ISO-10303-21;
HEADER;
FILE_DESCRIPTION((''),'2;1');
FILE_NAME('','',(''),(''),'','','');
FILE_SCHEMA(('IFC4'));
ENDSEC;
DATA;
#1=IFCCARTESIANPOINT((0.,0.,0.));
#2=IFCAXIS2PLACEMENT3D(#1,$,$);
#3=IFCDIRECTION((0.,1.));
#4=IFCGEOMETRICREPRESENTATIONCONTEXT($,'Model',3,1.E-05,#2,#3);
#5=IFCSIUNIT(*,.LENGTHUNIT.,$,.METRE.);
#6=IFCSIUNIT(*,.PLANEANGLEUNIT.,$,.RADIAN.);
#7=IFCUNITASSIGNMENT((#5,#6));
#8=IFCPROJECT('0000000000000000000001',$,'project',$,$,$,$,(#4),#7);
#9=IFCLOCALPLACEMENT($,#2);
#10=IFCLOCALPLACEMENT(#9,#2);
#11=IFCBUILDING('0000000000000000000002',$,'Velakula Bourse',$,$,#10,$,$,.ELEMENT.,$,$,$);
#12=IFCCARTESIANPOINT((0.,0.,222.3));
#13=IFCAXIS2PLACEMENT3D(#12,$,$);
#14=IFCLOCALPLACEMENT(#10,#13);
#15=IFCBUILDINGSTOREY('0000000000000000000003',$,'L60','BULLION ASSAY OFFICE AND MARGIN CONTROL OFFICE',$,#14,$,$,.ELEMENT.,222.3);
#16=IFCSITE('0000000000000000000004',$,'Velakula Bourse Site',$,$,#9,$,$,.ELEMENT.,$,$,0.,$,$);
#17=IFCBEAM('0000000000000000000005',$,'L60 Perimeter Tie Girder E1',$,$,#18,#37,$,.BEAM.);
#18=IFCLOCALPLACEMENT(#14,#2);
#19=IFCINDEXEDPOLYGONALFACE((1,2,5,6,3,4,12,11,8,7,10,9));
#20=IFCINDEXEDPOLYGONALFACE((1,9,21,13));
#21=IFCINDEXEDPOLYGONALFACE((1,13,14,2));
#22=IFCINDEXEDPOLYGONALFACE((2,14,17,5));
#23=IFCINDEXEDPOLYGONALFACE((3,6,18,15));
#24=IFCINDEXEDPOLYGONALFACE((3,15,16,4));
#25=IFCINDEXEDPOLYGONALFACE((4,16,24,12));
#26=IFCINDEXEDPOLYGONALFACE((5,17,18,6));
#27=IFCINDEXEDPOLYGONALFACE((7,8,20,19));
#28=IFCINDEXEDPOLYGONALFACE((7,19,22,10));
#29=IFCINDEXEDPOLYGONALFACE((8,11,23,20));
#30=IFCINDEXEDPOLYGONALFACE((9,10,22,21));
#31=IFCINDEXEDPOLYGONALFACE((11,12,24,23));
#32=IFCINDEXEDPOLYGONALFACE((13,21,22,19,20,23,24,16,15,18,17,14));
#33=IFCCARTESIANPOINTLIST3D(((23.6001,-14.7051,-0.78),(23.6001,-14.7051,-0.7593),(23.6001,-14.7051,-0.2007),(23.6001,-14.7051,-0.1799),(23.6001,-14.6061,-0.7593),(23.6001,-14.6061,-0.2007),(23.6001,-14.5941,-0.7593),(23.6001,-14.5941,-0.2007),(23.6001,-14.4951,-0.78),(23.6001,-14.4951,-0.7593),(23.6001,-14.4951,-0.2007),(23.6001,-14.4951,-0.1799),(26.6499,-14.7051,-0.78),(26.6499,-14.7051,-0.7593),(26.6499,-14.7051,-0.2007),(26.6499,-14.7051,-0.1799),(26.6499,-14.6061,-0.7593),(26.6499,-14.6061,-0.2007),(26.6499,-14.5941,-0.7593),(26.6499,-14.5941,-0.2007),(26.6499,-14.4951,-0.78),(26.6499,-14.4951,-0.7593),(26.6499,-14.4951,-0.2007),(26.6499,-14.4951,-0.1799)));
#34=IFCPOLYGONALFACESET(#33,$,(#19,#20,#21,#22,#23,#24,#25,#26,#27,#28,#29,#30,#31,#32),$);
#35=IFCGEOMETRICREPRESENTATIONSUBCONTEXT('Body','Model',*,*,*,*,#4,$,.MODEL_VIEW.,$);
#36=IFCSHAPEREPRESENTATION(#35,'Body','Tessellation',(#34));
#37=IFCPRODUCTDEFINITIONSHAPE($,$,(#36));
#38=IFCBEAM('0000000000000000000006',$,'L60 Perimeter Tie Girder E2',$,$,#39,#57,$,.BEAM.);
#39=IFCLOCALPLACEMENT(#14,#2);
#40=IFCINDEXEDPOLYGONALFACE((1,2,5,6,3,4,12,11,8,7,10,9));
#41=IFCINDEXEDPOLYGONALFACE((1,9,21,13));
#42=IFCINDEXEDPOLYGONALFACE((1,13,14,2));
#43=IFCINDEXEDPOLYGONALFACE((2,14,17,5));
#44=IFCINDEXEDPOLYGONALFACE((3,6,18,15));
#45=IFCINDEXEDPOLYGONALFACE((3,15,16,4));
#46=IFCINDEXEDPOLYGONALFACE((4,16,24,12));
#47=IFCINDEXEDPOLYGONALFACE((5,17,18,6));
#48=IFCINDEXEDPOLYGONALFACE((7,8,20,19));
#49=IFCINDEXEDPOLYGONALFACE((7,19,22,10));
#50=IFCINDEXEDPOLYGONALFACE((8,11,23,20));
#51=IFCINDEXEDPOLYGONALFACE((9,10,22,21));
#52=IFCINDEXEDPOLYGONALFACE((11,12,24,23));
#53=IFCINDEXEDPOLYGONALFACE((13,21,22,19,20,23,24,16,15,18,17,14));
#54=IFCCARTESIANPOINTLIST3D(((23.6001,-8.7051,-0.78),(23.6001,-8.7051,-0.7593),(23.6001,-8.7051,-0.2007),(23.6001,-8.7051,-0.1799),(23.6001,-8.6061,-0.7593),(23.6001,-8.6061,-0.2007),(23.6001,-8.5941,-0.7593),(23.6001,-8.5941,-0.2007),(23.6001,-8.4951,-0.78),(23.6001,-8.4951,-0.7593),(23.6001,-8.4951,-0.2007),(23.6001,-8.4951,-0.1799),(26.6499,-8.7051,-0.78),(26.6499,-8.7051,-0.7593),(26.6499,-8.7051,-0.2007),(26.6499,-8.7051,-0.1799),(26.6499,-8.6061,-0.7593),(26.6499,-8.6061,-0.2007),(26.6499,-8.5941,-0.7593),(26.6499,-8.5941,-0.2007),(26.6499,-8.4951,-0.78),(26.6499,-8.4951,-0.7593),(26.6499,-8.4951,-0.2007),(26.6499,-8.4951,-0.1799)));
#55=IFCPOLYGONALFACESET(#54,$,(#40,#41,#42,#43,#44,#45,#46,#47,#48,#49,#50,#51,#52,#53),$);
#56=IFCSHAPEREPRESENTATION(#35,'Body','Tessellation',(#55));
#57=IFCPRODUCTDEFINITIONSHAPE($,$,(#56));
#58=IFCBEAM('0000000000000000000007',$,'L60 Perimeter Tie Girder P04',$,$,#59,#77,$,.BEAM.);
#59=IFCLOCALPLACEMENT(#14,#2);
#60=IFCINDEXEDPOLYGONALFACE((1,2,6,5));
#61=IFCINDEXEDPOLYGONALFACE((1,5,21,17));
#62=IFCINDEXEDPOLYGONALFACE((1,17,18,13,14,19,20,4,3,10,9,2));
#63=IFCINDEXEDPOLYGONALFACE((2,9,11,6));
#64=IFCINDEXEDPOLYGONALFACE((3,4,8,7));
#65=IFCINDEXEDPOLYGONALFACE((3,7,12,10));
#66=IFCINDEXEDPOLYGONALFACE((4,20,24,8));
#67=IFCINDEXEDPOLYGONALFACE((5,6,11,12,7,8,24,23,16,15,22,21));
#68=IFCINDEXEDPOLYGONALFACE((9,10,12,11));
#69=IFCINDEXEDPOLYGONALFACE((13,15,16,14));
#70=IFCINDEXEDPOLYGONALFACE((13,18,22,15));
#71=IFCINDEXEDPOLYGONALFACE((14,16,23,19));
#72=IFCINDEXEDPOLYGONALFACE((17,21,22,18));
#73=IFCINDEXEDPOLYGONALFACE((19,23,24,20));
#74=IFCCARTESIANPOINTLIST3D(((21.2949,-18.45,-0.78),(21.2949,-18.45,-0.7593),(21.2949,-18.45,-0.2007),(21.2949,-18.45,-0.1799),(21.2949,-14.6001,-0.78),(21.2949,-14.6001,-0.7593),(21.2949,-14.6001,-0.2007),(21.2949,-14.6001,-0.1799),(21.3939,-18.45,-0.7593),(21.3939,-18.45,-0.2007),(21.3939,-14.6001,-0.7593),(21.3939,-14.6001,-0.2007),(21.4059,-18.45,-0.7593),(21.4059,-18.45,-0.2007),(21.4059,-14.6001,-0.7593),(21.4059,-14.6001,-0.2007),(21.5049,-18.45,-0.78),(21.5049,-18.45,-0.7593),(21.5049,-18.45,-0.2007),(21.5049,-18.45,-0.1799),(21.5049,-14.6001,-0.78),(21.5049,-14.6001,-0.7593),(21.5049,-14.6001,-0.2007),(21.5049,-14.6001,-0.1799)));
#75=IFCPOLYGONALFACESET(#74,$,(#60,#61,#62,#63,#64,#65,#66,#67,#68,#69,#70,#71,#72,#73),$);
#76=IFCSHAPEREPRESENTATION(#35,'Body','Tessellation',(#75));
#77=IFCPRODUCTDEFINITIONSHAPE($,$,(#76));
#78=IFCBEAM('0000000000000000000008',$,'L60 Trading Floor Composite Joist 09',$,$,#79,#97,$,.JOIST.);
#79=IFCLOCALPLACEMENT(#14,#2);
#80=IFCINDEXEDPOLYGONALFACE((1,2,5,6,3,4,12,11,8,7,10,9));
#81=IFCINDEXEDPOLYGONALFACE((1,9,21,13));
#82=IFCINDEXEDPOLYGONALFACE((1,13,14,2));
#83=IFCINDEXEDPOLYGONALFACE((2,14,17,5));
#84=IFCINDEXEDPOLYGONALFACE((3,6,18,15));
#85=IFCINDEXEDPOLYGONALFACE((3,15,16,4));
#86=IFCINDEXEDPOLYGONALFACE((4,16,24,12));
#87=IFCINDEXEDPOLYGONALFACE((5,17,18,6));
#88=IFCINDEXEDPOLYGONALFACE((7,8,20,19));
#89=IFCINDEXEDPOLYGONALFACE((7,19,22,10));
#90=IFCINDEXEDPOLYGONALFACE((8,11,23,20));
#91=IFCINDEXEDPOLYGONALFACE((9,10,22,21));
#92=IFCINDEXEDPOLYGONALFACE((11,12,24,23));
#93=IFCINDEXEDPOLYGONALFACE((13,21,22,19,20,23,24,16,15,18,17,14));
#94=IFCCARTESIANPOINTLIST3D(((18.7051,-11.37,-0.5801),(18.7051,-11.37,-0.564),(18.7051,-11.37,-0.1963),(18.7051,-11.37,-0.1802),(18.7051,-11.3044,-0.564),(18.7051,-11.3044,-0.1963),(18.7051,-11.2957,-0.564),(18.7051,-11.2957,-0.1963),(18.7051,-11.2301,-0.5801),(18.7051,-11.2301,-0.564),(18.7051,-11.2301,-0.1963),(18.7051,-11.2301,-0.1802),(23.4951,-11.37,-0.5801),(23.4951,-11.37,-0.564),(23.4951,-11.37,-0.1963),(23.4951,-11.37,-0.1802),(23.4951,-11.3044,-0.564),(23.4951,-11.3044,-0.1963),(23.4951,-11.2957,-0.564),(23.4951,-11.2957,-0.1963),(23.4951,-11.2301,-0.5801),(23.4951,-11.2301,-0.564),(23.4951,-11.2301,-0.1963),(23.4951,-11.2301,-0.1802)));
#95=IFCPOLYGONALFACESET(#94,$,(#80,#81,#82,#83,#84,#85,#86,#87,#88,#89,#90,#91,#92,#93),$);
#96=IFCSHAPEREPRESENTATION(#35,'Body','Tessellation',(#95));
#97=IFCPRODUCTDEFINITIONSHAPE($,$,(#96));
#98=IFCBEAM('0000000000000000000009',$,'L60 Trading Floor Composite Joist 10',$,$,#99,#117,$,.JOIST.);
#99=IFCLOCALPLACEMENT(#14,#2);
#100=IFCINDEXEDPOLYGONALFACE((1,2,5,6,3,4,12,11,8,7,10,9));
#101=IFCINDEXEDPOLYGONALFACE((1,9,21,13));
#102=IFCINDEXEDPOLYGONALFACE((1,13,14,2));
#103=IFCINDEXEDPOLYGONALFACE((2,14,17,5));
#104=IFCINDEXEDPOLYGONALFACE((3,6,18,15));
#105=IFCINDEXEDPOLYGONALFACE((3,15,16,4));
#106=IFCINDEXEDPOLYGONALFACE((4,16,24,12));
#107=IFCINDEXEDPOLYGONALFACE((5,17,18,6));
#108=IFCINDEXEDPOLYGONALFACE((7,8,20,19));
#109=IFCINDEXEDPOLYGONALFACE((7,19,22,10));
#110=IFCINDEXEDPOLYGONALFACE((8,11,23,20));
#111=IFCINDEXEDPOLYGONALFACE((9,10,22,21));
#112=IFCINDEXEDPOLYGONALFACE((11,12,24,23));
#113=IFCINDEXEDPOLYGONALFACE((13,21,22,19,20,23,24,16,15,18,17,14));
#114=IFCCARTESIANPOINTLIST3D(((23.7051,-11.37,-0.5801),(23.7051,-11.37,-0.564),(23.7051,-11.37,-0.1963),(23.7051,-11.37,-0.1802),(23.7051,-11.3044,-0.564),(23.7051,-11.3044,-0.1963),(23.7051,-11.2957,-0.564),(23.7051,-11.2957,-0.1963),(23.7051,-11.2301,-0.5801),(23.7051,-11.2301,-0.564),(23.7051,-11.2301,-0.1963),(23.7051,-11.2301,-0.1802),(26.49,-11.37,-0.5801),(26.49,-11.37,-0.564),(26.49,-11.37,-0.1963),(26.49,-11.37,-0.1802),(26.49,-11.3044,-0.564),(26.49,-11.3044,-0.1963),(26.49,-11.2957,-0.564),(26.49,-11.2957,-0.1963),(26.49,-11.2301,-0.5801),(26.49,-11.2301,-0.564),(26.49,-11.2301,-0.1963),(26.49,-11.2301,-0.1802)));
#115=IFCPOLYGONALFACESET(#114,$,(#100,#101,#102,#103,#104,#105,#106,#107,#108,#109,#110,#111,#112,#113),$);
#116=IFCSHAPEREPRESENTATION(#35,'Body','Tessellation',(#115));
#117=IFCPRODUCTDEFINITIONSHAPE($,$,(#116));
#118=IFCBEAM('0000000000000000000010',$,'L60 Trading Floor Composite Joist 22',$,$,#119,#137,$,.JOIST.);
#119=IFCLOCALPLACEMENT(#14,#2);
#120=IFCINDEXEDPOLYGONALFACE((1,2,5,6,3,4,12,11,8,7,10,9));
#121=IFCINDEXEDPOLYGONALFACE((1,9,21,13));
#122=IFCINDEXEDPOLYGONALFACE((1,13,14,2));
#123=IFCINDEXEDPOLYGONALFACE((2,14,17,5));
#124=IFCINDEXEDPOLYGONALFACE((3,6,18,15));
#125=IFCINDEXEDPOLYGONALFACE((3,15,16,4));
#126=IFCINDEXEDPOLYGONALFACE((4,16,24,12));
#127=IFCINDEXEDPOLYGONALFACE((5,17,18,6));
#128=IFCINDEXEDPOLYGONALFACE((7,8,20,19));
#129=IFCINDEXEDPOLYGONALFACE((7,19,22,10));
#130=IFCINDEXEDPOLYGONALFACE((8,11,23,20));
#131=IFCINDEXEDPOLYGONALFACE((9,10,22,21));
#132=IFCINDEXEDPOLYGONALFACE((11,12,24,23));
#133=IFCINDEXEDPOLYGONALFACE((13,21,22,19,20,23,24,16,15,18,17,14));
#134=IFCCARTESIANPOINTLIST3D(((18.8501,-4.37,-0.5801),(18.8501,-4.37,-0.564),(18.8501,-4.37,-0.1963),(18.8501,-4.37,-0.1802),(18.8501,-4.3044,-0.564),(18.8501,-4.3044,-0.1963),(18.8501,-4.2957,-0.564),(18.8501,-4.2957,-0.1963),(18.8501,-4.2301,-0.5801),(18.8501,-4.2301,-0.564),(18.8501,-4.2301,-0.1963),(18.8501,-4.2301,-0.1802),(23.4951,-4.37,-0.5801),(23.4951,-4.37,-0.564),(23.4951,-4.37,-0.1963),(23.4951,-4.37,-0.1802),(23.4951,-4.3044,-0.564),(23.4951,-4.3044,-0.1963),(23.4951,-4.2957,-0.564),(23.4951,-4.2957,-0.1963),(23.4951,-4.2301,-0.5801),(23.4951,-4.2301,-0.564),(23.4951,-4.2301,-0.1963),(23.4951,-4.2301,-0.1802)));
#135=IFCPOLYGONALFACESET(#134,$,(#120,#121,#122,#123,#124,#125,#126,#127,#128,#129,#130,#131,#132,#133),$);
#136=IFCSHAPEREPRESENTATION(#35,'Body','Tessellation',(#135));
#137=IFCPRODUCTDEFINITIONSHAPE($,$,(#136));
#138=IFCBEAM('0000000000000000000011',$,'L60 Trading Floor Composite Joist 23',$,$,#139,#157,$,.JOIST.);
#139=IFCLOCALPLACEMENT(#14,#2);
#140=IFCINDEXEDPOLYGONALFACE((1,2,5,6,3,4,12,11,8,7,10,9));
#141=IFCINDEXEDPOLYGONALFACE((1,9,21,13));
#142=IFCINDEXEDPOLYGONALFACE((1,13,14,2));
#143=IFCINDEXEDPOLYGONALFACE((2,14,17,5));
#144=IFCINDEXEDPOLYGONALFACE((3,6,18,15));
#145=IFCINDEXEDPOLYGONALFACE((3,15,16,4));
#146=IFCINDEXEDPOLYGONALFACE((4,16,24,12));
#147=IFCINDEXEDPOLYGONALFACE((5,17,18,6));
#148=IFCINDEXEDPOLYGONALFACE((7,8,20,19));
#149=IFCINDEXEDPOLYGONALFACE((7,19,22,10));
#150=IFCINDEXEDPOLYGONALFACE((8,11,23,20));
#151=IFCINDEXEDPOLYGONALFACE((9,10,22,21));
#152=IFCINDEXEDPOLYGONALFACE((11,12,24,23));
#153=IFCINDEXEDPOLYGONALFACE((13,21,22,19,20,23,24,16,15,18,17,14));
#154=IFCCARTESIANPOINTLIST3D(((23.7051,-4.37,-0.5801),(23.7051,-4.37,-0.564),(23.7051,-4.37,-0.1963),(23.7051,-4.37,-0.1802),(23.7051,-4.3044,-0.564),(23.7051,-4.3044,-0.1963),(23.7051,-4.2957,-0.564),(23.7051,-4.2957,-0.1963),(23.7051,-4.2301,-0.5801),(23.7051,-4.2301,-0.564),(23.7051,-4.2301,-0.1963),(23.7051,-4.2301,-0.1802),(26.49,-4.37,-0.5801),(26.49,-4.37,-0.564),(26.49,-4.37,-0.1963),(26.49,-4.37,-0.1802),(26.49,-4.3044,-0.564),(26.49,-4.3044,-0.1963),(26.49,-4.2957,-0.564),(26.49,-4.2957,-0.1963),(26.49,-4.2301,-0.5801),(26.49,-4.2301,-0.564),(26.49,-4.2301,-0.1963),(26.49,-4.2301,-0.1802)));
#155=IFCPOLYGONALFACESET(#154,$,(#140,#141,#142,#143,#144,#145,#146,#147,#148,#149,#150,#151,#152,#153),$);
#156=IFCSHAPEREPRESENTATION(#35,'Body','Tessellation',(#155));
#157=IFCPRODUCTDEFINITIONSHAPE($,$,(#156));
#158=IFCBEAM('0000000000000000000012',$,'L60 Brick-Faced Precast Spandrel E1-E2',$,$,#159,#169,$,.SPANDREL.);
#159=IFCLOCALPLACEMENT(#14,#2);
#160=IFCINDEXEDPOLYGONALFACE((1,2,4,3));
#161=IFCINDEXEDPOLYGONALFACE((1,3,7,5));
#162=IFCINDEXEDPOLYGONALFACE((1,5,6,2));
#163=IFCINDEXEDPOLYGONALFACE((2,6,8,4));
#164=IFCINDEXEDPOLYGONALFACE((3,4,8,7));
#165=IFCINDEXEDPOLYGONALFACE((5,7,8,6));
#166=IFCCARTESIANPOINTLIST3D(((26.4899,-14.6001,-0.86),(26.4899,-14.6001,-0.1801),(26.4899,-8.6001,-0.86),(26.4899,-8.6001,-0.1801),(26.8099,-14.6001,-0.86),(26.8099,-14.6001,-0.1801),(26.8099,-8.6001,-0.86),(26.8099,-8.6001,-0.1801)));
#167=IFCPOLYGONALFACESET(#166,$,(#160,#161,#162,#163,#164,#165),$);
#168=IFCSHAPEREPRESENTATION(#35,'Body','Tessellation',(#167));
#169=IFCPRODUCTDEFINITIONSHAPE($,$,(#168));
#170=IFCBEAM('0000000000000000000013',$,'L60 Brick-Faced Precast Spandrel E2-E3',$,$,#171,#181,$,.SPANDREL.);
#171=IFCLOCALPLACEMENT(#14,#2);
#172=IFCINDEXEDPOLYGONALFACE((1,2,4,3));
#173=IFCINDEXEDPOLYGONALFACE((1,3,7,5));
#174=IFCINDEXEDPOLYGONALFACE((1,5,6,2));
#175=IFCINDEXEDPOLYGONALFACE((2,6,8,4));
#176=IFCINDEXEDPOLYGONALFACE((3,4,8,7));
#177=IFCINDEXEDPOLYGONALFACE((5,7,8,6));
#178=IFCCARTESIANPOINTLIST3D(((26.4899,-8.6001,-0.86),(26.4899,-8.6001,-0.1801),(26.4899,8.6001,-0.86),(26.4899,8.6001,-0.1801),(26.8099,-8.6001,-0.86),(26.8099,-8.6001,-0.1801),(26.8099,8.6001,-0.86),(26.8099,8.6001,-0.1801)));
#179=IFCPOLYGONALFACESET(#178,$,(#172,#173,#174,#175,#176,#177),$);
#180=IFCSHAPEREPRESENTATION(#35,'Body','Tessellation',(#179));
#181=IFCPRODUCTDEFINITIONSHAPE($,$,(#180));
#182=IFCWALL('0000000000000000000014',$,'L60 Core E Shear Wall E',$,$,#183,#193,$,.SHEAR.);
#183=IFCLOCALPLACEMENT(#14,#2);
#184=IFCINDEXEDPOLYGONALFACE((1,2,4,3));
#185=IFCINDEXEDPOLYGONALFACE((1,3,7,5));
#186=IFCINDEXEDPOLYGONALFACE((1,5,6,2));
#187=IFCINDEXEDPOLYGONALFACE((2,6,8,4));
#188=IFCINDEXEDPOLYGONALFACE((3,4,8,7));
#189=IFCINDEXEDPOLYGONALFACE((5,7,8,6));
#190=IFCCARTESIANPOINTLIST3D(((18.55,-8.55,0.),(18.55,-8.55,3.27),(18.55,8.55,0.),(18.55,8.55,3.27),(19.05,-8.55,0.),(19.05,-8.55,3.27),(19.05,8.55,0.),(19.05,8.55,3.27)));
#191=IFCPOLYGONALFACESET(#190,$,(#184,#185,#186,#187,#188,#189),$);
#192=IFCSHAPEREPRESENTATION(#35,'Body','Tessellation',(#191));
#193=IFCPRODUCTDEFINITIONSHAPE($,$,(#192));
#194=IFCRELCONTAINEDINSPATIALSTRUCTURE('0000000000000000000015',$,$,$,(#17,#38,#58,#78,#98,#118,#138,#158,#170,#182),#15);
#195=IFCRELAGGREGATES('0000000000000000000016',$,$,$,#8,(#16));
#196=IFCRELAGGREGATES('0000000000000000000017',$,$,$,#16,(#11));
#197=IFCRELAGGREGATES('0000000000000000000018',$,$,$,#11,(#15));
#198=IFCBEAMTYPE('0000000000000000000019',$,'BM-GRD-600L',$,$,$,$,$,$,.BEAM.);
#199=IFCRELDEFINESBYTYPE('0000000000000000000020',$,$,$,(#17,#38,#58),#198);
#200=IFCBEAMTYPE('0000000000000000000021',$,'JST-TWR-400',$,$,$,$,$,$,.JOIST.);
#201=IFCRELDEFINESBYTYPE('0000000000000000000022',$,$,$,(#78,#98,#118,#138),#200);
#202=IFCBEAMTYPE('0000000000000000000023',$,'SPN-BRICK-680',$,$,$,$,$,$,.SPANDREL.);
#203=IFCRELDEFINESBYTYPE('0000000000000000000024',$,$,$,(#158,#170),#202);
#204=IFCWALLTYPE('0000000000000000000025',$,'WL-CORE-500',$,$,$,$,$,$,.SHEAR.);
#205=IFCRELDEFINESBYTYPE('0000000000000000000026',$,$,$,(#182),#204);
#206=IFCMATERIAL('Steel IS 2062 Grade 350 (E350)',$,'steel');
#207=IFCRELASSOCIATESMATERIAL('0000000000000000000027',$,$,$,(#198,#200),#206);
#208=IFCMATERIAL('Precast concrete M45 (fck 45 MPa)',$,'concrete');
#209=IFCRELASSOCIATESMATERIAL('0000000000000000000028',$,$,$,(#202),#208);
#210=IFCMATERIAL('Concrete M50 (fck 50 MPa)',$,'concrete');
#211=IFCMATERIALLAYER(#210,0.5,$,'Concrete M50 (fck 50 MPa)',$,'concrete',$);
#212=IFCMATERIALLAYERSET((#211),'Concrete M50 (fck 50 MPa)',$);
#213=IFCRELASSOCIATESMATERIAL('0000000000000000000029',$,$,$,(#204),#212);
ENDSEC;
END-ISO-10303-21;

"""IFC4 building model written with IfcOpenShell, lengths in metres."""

from ifc_helpers import new_model, si_unit, direction, frame, frame_2d, origin, origin_2d, place, context, subcontext, project, spatial, rectangle, i_section, extrude, material, layer, layer_set, material_profile, profile_set, type_object, element, save


model = new_model("IFC4")

# Units and contexts
model_context = context("Model", 3, precision=1e-05, world=origin(), true_north=direction((0.0, 1.0)))
body_context = subcontext(model_context, "Body", "Model", "MODEL_VIEW")
ifc_project = project(units=[si_unit("LENGTHUNIT", "METRE"), si_unit("PLANEANGLEUNIT", "RADIAN")], contexts=[model_context])

# Site, building, storey
site_placement = place(None, origin())
site = spatial("IfcSite", under=ifc_project, at=site_placement, Name="Velakula Bourse Site", CompositionType="ELEMENT", RefElevation=0.0)
building_placement = place(site_placement, origin())
building = spatial("IfcBuilding", under=site, at=building_placement, Name="Velakula Bourse", CompositionType="ELEMENT")
storey_placement = place(building_placement, frame((0.0, 0.0, 222.3)))
storey = spatial("IfcBuildingStorey", under=building, at=storey_placement, Name="L60", Description="BULLION ASSAY OFFICE AND MARGIN CONTROL OFFICE", CompositionType="ELEMENT", Elevation=222.3)

# Shared definitions
ifc_material_1 = material(Name="Concrete M50 (fck 50 MPa)", Category="concrete")
ifc_material_2 = material(Name="Steel IS 2062 Grade 350 (E350)", Category="steel")

# Beams
ifc_material_profile_1 = material_profile(ifc_material_2, i_section(OverallWidth=0.21, OverallDepth=0.6001, WebThickness=0.012, FlangeThickness=0.0208, at=origin_2d()), Name="Steel IS 2062 Grade 350 (E350)")
ifc_profile_set_1 = profile_set([ifc_material_profile_1], Name="Steel IS 2062 Grade 350 (E350)")
beam_type_1 = type_object("IfcBeamType", Name="BM-GRD-600L", PredefinedType="BEAM", material=ifc_profile_set_1)
for number, where, z_axis, x_axis, name in (
    (1, (23.6001, -14.6001, -0.48), (1.0, 0.0, 0.0), (0.0, 1.0, 0.0), "L60 Perimeter Tie Girder E1"),
    (2, (23.6001, -8.6001, -0.48), (1.0, 0.0, 0.0), (0.0, 1.0, 0.0), "L60 Perimeter Tie Girder E2"),
):
    element("IfcBeam", number, at=place(storey_placement, frame(where, z_axis=z_axis, x_axis=x_axis)), inside=storey, type_object=beam_type_1, Name=name, PredefinedType="BEAM", context=body_context, shape_type="SweptSolid", body=[
        extrude(i_section(OverallWidth=0.21, OverallDepth=0.6001, WebThickness=0.012, FlangeThickness=0.0208, at=origin_2d()), origin(), (0.0, 0.0, 1.0), 3.0498),
    ])
beam_1_placement = place(storey_placement, frame((21.3999, -14.6001, -0.48), z_axis=(0.0, -1.0, 0.0), x_axis=(1.0, 0.0, 0.0)))
element("IfcBeam", 3, at=beam_1_placement, inside=storey, type_object=beam_type_1, Name="L60 Perimeter Tie Girder P04", PredefinedType="BEAM", context=body_context, shape_type="SweptSolid", body=[
    extrude(i_section(OverallWidth=0.21, OverallDepth=0.6001, WebThickness=0.012, FlangeThickness=0.0208, at=origin_2d()), origin(), (0.0, 0.0, 1.0), 3.8499),
])
ifc_material_profile_2 = material_profile(ifc_material_2, i_section(OverallWidth=0.1399, OverallDepth=0.3999, WebThickness=0.0088, FlangeThickness=0.0161, at=origin_2d()), Name="Steel IS 2062 Grade 350 (E350)")
ifc_profile_set_2 = profile_set([ifc_material_profile_2], Name="Steel IS 2062 Grade 350 (E350)")
beam_type_2 = type_object("IfcBeamType", Name="JST-TWR-400", PredefinedType="JOIST", material=ifc_profile_set_2)
beam_2_placement = place(storey_placement, frame((18.7051, -11.3, -0.3801), z_axis=(1.0, 0.0, 0.0), x_axis=(0.0, 1.0, 0.0)))
element("IfcBeam", 4, at=beam_2_placement, inside=storey, type_object=beam_type_2, Name="L60 Trading Floor Composite Joist 09", PredefinedType="JOIST", context=body_context, shape_type="SweptSolid", body=[
    extrude(i_section(OverallWidth=0.1399, OverallDepth=0.3999, WebThickness=0.0088, FlangeThickness=0.0161, at=origin_2d()), origin(), (0.0, 0.0, 1.0), 4.79),
])
beam_3_placement = place(storey_placement, frame((23.7051, -11.3, -0.3801), z_axis=(1.0, 0.0, 0.0), x_axis=(0.0, 1.0, 0.0)))
element("IfcBeam", 5, at=beam_3_placement, inside=storey, type_object=beam_type_2, Name="L60 Trading Floor Composite Joist 10", PredefinedType="JOIST", context=body_context, shape_type="SweptSolid", body=[
    extrude(i_section(OverallWidth=0.1399, OverallDepth=0.3999, WebThickness=0.0088, FlangeThickness=0.0161, at=origin_2d()), origin(), (0.0, 0.0, 1.0), 2.7849),
])
beam_4_placement = place(storey_placement, frame((18.8501, -4.3, -0.3801), z_axis=(1.0, 0.0, 0.0), x_axis=(0.0, 1.0, 0.0)))
element("IfcBeam", 6, at=beam_4_placement, inside=storey, type_object=beam_type_2, Name="L60 Trading Floor Composite Joist 22", PredefinedType="JOIST", context=body_context, shape_type="SweptSolid", body=[
    extrude(i_section(OverallWidth=0.1399, OverallDepth=0.3999, WebThickness=0.0088, FlangeThickness=0.0161, at=origin_2d()), origin(), (0.0, 0.0, 1.0), 4.645),
])
beam_5_placement = place(storey_placement, frame((23.7051, -4.3, -0.3801), z_axis=(1.0, 0.0, 0.0), x_axis=(0.0, 1.0, 0.0)))
element("IfcBeam", 7, at=beam_5_placement, inside=storey, type_object=beam_type_2, Name="L60 Trading Floor Composite Joist 23", PredefinedType="JOIST", context=body_context, shape_type="SweptSolid", body=[
    extrude(i_section(OverallWidth=0.1399, OverallDepth=0.3999, WebThickness=0.0088, FlangeThickness=0.0161, at=origin_2d()), origin(), (0.0, 0.0, 1.0), 2.7849),
])
ifc_material_3 = material(Name="Precast concrete M45 (fck 45 MPa)", Category="concrete")
ifc_material_profile_3 = material_profile(ifc_material_3, rectangle(XDim=0.3201, YDim=0.6799, at=origin_2d()), Name="Precast concrete M45 (fck 45 MPa)")
ifc_profile_set_3 = profile_set([ifc_material_profile_3], Name="Precast concrete M45 (fck 45 MPa)")
beam_type_3 = type_object("IfcBeamType", Name="SPN-BRICK-680", PredefinedType="SPANDREL", material=ifc_profile_set_3)
beam_6_placement = place(storey_placement, frame((26.6499, -14.6001, -0.52), z_axis=(0.0, 1.0, 0.0), x_axis=(-1.0, 0.0, 0.0)))
element("IfcBeam", 8, at=beam_6_placement, inside=storey, type_object=beam_type_3, Name="L60 Brick-Faced Precast Spandrel E1-E2", PredefinedType="SPANDREL", context=body_context, shape_type="SweptSolid", body=[
    extrude(rectangle(XDim=0.3201, YDim=0.6799, at=origin_2d()), origin(), (0.0, 0.0, 1.0), 6.0),
])
beam_7_placement = place(storey_placement, frame((26.6499, -8.6001, -0.52), z_axis=(0.0, 1.0, 0.0), x_axis=(-1.0, 0.0, 0.0)))
element("IfcBeam", 9, at=beam_7_placement, inside=storey, type_object=beam_type_3, Name="L60 Brick-Faced Precast Spandrel E2-E3", PredefinedType="SPANDREL", context=body_context, shape_type="SweptSolid", body=[
    extrude(rectangle(XDim=0.3201, YDim=0.6799, at=origin_2d()), origin(), (0.0, 0.0, 1.0), 17.2002),
])

# Wall
ifc_layer_1 = layer(ifc_material_1, 0.5, Name="Concrete M50 (fck 50 MPa)", Category="concrete")
ifc_layer_set_1 = layer_set([ifc_layer_1], Name="Concrete M50 (fck 50 MPa)")
wall_type_1 = type_object("IfcWallType", Name="WL-CORE-500", PredefinedType="SHEAR", material=ifc_layer_set_1)
wall_1_placement = place(storey_placement, frame((18.8, -8.55, 0.0), z_axis=(0.0, 0.0, 1.0), x_axis=(0.0, 1.0, 0.0)))
element("IfcWall", 10, at=wall_1_placement, inside=storey, type_object=wall_type_1, Name="L60 Core E Shear Wall E", PredefinedType="SHEAR", context=body_context, shape_type="SweptSolid", body=[
    extrude(rectangle(XDim=17.1001, YDim=0.5, at=frame_2d((8.55, 0.0))), origin(), (0.0, 0.0, 1.0), 3.27),
])

save(model, "model.ifc")
